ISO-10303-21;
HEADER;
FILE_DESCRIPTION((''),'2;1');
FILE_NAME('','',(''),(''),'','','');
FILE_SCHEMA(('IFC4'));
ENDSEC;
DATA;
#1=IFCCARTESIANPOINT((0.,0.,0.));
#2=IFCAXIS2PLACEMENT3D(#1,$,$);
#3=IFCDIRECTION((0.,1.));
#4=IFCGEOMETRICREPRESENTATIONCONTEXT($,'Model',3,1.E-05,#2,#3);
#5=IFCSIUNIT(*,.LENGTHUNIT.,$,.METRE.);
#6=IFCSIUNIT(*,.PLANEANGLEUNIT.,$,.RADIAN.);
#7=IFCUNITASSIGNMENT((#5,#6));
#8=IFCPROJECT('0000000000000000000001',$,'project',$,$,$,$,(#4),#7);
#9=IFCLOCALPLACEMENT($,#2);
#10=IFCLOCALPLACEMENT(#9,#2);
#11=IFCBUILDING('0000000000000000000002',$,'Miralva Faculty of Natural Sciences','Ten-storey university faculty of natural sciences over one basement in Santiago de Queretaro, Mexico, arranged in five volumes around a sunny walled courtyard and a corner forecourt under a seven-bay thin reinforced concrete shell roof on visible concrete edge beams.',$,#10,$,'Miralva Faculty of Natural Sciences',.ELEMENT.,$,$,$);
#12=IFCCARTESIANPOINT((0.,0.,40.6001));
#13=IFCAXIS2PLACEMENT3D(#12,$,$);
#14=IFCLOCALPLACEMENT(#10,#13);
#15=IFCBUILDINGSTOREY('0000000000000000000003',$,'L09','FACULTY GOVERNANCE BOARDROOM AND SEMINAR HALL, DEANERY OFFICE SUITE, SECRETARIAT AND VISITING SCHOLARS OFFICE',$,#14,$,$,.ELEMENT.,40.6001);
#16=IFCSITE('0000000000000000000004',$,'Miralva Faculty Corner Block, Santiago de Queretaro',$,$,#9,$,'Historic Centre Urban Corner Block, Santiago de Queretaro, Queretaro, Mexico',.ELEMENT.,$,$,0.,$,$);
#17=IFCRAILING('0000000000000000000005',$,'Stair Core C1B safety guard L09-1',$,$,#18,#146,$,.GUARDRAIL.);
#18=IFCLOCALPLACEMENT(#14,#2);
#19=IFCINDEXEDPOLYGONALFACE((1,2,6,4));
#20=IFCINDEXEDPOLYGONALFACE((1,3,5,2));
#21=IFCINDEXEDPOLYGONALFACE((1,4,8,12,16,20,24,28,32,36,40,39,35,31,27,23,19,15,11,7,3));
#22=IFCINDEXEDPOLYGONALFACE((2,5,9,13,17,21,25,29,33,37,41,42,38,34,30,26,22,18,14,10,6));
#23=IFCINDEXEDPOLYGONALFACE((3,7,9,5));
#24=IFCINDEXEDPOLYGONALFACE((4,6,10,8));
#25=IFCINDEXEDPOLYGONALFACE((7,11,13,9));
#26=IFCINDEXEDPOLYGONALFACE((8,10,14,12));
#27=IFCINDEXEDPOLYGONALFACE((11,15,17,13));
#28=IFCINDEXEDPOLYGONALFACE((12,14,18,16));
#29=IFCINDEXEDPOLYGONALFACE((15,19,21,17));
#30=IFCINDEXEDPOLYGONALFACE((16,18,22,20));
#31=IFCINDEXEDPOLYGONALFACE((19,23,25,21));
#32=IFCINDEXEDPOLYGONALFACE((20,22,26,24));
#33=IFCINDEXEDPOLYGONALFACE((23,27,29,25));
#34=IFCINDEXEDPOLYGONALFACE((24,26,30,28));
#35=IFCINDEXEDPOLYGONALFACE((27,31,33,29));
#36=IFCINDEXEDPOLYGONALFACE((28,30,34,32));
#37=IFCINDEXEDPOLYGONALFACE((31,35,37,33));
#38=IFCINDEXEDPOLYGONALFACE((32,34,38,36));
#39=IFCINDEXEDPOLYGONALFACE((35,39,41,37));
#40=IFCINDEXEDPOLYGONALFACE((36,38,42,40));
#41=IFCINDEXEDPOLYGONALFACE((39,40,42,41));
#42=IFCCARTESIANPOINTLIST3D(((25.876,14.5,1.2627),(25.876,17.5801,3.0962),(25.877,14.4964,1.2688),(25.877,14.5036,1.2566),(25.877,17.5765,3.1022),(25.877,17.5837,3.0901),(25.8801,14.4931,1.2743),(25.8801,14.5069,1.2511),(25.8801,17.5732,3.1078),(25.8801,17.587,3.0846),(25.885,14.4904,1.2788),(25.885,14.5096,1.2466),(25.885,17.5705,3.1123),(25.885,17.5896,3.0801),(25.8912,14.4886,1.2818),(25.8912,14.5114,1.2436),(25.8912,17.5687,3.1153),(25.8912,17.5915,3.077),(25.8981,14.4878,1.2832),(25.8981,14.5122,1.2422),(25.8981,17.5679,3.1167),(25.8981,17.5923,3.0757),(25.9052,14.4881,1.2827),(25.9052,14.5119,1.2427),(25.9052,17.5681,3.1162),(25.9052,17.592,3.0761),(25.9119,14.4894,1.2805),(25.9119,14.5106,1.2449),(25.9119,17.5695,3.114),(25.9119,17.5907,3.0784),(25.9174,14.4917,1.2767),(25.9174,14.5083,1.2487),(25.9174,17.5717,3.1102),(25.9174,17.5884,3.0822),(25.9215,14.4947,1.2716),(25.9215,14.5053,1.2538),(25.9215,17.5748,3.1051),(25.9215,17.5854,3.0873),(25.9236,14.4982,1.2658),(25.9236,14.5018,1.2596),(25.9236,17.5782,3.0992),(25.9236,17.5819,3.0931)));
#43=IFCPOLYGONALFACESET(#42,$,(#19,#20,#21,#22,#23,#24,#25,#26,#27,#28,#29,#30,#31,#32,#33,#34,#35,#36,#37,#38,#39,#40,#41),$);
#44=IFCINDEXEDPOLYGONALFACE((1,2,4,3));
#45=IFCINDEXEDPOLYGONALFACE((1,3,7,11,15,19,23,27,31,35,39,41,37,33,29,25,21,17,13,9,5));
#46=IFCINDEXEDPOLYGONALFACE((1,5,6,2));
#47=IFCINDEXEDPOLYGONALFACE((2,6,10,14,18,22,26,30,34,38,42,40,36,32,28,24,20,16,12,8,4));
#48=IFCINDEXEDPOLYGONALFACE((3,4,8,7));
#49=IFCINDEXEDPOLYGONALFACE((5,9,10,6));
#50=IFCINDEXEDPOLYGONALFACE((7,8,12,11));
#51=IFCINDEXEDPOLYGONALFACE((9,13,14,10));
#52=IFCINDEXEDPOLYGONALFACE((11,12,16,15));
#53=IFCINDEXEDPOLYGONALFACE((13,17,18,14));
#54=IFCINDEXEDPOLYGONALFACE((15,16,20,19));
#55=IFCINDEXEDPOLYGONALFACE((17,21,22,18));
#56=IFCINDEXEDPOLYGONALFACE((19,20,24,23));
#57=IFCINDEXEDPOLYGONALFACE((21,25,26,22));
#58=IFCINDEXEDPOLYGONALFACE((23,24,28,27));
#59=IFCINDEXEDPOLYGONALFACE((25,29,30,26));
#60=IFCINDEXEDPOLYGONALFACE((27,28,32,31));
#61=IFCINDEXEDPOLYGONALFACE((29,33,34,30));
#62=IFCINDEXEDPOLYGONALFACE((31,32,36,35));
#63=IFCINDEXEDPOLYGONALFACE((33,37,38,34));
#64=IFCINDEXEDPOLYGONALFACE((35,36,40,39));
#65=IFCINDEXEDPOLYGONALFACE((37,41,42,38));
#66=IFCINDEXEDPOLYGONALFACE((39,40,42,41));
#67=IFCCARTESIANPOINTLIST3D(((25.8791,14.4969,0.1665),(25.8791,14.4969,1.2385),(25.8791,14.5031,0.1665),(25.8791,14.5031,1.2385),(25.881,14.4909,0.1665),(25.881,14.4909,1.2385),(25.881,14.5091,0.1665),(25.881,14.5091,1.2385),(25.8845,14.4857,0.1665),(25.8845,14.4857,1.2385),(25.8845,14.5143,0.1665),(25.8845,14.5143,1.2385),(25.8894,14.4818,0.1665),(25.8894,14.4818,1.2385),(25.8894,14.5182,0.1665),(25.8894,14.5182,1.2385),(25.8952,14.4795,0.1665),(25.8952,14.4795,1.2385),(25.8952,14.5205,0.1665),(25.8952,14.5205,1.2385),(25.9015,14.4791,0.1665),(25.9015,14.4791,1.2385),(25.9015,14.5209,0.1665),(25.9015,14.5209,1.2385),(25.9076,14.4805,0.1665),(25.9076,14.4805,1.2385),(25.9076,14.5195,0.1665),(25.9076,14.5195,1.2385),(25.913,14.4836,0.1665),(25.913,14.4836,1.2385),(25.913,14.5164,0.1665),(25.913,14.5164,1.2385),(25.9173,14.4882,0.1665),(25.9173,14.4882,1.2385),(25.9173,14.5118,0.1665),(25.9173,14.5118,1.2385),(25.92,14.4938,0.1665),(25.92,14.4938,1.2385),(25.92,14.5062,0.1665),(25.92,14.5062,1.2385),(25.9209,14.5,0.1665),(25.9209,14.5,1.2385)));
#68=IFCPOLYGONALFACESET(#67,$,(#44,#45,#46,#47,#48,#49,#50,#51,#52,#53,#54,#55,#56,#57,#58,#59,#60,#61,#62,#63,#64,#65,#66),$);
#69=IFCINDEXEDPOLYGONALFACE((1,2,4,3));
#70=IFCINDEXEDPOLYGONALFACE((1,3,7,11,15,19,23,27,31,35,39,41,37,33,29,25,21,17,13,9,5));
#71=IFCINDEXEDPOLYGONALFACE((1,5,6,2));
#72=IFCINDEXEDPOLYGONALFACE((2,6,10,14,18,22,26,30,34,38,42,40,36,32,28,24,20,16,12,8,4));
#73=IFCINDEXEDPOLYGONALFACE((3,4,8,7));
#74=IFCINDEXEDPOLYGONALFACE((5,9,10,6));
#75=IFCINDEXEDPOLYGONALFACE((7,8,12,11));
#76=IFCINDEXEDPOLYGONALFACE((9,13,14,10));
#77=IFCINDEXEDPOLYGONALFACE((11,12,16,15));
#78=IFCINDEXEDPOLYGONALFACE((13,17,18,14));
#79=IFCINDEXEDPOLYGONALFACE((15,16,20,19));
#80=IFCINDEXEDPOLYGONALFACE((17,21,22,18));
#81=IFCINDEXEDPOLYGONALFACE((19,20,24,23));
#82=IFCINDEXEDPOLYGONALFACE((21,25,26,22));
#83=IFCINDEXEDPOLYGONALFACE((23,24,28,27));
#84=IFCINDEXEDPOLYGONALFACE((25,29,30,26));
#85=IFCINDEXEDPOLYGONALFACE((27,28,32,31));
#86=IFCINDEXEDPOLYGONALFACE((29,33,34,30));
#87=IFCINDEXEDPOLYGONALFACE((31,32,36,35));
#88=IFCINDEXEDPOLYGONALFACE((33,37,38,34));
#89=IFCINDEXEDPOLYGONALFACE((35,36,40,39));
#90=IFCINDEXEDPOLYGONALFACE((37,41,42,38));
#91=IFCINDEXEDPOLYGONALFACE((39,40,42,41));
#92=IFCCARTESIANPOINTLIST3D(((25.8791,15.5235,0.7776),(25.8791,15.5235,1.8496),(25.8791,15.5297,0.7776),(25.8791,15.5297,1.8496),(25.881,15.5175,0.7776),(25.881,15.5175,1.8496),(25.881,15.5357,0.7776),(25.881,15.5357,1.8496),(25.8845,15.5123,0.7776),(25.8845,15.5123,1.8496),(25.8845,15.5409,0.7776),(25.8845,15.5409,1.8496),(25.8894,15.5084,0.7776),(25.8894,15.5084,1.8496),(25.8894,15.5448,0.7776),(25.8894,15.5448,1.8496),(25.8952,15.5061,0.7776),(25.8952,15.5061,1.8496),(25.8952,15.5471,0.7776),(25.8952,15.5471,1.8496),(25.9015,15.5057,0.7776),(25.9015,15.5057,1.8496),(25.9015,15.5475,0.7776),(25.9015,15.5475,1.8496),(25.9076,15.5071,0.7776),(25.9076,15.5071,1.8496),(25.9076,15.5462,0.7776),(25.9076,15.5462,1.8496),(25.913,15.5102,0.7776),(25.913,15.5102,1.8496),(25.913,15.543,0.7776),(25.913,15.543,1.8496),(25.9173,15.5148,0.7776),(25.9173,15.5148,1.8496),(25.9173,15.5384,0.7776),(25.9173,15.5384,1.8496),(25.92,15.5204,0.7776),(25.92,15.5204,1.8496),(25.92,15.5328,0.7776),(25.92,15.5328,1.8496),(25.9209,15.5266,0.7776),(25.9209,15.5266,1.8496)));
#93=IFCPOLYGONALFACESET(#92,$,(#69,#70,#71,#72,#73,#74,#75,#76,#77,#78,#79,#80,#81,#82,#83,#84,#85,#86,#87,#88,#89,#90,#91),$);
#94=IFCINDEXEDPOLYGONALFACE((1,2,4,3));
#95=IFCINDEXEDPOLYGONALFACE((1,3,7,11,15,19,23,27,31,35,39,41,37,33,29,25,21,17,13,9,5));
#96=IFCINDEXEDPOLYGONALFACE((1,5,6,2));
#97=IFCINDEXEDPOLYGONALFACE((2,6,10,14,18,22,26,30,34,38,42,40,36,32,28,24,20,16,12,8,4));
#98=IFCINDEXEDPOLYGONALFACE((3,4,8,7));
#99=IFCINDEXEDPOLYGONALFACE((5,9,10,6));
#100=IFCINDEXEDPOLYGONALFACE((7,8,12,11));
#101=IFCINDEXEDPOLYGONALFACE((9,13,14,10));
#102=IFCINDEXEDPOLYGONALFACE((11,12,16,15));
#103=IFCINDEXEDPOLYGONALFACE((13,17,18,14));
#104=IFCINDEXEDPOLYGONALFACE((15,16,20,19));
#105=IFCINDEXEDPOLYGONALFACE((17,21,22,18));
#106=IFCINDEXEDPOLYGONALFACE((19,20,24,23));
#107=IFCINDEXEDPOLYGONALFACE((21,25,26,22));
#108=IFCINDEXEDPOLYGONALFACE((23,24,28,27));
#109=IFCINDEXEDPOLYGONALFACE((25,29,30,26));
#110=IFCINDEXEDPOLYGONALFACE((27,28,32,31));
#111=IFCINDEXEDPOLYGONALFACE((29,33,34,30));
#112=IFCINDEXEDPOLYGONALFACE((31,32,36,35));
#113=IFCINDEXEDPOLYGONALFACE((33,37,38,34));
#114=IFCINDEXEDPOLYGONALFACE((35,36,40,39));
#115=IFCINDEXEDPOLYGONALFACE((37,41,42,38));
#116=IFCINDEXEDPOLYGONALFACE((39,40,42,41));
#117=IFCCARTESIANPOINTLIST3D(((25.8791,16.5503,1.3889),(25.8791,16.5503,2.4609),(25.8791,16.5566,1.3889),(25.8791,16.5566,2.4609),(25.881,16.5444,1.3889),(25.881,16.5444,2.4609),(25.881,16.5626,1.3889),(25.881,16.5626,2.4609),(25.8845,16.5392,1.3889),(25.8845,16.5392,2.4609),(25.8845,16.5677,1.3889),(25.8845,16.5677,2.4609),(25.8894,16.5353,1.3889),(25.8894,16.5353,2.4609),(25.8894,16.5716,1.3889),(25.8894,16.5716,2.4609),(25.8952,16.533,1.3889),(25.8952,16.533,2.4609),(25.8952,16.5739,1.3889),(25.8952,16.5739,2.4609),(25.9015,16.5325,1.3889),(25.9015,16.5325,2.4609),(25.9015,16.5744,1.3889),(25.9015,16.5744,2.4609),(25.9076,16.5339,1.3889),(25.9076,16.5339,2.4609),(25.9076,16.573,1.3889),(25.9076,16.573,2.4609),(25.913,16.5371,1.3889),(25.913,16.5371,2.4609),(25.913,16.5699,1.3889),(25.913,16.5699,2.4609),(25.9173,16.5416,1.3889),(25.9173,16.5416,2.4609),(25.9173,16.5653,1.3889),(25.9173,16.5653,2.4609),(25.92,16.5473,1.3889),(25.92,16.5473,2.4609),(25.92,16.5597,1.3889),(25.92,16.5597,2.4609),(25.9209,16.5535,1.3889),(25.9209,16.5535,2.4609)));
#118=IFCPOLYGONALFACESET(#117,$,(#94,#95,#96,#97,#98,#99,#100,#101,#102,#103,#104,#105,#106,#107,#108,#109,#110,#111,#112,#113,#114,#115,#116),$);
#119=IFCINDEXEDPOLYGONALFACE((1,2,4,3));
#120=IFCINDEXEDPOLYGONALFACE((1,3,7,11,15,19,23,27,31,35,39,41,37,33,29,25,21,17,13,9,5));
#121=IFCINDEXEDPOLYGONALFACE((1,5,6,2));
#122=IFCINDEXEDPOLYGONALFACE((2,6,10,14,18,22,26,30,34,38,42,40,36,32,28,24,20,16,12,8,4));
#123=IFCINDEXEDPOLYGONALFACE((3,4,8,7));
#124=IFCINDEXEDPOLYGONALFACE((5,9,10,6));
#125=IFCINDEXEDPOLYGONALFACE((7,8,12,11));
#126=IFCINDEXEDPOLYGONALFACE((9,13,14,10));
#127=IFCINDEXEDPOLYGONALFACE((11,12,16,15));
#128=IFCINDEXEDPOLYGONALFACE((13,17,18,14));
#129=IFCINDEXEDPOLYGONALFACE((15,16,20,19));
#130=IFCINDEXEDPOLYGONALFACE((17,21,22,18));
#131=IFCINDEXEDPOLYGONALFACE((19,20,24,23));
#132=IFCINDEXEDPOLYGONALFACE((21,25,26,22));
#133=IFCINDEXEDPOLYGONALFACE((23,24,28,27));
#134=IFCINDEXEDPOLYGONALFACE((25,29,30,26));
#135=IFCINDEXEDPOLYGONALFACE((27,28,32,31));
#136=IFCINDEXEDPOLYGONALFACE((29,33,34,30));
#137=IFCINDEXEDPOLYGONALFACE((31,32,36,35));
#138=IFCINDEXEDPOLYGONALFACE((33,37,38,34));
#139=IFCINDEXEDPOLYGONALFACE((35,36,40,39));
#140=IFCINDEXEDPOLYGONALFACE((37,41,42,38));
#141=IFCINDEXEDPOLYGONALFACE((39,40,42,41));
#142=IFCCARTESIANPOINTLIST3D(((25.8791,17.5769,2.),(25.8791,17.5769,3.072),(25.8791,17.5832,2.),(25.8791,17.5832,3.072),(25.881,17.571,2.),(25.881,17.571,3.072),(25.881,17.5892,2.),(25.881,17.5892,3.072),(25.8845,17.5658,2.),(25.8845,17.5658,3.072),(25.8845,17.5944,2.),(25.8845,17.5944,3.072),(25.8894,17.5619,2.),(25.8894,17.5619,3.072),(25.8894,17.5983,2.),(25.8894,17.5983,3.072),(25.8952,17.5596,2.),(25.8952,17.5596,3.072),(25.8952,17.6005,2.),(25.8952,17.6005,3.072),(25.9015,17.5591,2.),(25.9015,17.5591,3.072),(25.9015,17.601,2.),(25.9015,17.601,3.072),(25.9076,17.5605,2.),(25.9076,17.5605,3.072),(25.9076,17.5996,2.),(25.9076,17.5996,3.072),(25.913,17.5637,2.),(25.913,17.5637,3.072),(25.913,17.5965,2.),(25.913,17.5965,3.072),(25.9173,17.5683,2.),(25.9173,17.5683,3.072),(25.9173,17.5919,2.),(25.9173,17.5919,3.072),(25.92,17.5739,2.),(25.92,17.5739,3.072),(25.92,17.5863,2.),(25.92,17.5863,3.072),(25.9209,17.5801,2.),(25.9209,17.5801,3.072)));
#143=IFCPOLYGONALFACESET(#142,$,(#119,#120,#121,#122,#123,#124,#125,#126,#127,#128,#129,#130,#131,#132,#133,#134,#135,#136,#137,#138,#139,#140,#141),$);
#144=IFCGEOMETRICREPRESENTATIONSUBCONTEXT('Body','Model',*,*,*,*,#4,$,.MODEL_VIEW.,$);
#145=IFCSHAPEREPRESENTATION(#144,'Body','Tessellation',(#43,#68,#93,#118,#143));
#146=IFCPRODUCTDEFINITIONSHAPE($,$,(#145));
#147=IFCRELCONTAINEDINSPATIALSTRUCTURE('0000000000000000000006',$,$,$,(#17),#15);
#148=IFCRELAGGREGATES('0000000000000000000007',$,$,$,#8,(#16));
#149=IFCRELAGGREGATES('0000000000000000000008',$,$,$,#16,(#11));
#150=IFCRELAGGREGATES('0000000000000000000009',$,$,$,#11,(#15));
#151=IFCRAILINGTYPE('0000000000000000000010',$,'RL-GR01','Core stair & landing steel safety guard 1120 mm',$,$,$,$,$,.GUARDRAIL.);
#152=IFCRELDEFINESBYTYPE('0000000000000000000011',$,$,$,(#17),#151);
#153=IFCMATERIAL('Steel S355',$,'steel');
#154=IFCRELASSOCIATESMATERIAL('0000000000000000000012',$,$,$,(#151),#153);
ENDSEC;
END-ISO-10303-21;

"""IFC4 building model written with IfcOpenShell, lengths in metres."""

from ifc_helpers import new_model, si_unit, direction, frame, origin, origin_2d, place, context, subcontext, project, spatial, circle, extrude, material, type_object, element, save


model = new_model("IFC4")

# Units and contexts
model_context = context("Model", 3, precision=1e-05, world=origin(), true_north=direction((0.0, 1.0)))
body_context = subcontext(model_context, "Body", "Model", "MODEL_VIEW")
ifc_project = project(units=[si_unit("LENGTHUNIT", "METRE"), si_unit("PLANEANGLEUNIT", "RADIAN")], contexts=[model_context])

# Site, building, storey
site_placement = place(None, origin())
site = spatial("IfcSite", under=ifc_project, at=site_placement, Name="Miralva Faculty Corner Block, Santiago de Queretaro", LongName="Historic Centre Urban Corner Block, Santiago de Queretaro, Queretaro, Mexico", CompositionType="ELEMENT", RefElevation=0.0)
building_placement = place(site_placement, origin())
building = spatial("IfcBuilding", under=site, at=building_placement, Name="Miralva Faculty of Natural Sciences", Description="Ten-storey university faculty of natural sciences over one basement in Santiago de Queretaro, Mexico, arranged in five volumes around a sunny walled courtyard and a corner forecourt under a seven-bay thin reinforced concrete shell roof on visible concrete edge beams.", LongName="Miralva Faculty of Natural Sciences", CompositionType="ELEMENT")
storey_placement = place(building_placement, frame((0.0, 0.0, 40.6001)))
storey = spatial("IfcBuildingStorey", under=building, at=storey_placement, Name="L09", Description="FACULTY GOVERNANCE BOARDROOM AND SEMINAR HALL, DEANERY OFFICE SUITE, SECRETARIAT AND VISITING SCHOLARS OFFICE", CompositionType="ELEMENT", Elevation=40.6001)

# Railing
ifc_material_1 = material(Name="Steel S355", Category="steel")
railing_type_1 = type_object("IfcRailingType", Name="RL-GR01", Description="Core stair & landing steel safety guard 1120 mm", PredefinedType="GUARDRAIL", material=ifc_material_1)
railing_1_placement = place(storey_placement, frame((25.8999, 14.5, 0.1665)))
element("IfcRailing", 1, at=railing_1_placement, inside=storey, type_object=railing_type_1, Name="Stair Core C1B safety guard L09-1", PredefinedType="GUARDRAIL", context=body_context, shape_type="SweptSolid", body=[
    extrude(circle(Radius=0.0239, at=origin_2d()), frame((0.0, 0.0, 1.0962), z_axis=(0.0, 0.859279, 0.511508), x_axis=(-1.0, 0.0, 0.0)), (0.0, 0.0, 1.0), 3.5845),
    extrude(circle(Radius=0.021, at=origin_2d()), origin(), (0.0, 0.0, 1.0), 1.072),
    extrude(circle(Radius=0.021, at=origin_2d()), frame((0.0, 1.0266, 0.6111)), (0.0, 0.0, 1.0), 1.072),
    extrude(circle(Radius=0.021, at=origin_2d()), frame((0.0, 2.0535, 1.2224)), (0.0, 0.0, 1.0), 1.072),
    extrude(circle(Radius=0.021, at=origin_2d()), frame((0.0, 3.0801, 1.8335)), (0.0, 0.0, 1.0), 1.072),
])

save(model, "model.ifc")
